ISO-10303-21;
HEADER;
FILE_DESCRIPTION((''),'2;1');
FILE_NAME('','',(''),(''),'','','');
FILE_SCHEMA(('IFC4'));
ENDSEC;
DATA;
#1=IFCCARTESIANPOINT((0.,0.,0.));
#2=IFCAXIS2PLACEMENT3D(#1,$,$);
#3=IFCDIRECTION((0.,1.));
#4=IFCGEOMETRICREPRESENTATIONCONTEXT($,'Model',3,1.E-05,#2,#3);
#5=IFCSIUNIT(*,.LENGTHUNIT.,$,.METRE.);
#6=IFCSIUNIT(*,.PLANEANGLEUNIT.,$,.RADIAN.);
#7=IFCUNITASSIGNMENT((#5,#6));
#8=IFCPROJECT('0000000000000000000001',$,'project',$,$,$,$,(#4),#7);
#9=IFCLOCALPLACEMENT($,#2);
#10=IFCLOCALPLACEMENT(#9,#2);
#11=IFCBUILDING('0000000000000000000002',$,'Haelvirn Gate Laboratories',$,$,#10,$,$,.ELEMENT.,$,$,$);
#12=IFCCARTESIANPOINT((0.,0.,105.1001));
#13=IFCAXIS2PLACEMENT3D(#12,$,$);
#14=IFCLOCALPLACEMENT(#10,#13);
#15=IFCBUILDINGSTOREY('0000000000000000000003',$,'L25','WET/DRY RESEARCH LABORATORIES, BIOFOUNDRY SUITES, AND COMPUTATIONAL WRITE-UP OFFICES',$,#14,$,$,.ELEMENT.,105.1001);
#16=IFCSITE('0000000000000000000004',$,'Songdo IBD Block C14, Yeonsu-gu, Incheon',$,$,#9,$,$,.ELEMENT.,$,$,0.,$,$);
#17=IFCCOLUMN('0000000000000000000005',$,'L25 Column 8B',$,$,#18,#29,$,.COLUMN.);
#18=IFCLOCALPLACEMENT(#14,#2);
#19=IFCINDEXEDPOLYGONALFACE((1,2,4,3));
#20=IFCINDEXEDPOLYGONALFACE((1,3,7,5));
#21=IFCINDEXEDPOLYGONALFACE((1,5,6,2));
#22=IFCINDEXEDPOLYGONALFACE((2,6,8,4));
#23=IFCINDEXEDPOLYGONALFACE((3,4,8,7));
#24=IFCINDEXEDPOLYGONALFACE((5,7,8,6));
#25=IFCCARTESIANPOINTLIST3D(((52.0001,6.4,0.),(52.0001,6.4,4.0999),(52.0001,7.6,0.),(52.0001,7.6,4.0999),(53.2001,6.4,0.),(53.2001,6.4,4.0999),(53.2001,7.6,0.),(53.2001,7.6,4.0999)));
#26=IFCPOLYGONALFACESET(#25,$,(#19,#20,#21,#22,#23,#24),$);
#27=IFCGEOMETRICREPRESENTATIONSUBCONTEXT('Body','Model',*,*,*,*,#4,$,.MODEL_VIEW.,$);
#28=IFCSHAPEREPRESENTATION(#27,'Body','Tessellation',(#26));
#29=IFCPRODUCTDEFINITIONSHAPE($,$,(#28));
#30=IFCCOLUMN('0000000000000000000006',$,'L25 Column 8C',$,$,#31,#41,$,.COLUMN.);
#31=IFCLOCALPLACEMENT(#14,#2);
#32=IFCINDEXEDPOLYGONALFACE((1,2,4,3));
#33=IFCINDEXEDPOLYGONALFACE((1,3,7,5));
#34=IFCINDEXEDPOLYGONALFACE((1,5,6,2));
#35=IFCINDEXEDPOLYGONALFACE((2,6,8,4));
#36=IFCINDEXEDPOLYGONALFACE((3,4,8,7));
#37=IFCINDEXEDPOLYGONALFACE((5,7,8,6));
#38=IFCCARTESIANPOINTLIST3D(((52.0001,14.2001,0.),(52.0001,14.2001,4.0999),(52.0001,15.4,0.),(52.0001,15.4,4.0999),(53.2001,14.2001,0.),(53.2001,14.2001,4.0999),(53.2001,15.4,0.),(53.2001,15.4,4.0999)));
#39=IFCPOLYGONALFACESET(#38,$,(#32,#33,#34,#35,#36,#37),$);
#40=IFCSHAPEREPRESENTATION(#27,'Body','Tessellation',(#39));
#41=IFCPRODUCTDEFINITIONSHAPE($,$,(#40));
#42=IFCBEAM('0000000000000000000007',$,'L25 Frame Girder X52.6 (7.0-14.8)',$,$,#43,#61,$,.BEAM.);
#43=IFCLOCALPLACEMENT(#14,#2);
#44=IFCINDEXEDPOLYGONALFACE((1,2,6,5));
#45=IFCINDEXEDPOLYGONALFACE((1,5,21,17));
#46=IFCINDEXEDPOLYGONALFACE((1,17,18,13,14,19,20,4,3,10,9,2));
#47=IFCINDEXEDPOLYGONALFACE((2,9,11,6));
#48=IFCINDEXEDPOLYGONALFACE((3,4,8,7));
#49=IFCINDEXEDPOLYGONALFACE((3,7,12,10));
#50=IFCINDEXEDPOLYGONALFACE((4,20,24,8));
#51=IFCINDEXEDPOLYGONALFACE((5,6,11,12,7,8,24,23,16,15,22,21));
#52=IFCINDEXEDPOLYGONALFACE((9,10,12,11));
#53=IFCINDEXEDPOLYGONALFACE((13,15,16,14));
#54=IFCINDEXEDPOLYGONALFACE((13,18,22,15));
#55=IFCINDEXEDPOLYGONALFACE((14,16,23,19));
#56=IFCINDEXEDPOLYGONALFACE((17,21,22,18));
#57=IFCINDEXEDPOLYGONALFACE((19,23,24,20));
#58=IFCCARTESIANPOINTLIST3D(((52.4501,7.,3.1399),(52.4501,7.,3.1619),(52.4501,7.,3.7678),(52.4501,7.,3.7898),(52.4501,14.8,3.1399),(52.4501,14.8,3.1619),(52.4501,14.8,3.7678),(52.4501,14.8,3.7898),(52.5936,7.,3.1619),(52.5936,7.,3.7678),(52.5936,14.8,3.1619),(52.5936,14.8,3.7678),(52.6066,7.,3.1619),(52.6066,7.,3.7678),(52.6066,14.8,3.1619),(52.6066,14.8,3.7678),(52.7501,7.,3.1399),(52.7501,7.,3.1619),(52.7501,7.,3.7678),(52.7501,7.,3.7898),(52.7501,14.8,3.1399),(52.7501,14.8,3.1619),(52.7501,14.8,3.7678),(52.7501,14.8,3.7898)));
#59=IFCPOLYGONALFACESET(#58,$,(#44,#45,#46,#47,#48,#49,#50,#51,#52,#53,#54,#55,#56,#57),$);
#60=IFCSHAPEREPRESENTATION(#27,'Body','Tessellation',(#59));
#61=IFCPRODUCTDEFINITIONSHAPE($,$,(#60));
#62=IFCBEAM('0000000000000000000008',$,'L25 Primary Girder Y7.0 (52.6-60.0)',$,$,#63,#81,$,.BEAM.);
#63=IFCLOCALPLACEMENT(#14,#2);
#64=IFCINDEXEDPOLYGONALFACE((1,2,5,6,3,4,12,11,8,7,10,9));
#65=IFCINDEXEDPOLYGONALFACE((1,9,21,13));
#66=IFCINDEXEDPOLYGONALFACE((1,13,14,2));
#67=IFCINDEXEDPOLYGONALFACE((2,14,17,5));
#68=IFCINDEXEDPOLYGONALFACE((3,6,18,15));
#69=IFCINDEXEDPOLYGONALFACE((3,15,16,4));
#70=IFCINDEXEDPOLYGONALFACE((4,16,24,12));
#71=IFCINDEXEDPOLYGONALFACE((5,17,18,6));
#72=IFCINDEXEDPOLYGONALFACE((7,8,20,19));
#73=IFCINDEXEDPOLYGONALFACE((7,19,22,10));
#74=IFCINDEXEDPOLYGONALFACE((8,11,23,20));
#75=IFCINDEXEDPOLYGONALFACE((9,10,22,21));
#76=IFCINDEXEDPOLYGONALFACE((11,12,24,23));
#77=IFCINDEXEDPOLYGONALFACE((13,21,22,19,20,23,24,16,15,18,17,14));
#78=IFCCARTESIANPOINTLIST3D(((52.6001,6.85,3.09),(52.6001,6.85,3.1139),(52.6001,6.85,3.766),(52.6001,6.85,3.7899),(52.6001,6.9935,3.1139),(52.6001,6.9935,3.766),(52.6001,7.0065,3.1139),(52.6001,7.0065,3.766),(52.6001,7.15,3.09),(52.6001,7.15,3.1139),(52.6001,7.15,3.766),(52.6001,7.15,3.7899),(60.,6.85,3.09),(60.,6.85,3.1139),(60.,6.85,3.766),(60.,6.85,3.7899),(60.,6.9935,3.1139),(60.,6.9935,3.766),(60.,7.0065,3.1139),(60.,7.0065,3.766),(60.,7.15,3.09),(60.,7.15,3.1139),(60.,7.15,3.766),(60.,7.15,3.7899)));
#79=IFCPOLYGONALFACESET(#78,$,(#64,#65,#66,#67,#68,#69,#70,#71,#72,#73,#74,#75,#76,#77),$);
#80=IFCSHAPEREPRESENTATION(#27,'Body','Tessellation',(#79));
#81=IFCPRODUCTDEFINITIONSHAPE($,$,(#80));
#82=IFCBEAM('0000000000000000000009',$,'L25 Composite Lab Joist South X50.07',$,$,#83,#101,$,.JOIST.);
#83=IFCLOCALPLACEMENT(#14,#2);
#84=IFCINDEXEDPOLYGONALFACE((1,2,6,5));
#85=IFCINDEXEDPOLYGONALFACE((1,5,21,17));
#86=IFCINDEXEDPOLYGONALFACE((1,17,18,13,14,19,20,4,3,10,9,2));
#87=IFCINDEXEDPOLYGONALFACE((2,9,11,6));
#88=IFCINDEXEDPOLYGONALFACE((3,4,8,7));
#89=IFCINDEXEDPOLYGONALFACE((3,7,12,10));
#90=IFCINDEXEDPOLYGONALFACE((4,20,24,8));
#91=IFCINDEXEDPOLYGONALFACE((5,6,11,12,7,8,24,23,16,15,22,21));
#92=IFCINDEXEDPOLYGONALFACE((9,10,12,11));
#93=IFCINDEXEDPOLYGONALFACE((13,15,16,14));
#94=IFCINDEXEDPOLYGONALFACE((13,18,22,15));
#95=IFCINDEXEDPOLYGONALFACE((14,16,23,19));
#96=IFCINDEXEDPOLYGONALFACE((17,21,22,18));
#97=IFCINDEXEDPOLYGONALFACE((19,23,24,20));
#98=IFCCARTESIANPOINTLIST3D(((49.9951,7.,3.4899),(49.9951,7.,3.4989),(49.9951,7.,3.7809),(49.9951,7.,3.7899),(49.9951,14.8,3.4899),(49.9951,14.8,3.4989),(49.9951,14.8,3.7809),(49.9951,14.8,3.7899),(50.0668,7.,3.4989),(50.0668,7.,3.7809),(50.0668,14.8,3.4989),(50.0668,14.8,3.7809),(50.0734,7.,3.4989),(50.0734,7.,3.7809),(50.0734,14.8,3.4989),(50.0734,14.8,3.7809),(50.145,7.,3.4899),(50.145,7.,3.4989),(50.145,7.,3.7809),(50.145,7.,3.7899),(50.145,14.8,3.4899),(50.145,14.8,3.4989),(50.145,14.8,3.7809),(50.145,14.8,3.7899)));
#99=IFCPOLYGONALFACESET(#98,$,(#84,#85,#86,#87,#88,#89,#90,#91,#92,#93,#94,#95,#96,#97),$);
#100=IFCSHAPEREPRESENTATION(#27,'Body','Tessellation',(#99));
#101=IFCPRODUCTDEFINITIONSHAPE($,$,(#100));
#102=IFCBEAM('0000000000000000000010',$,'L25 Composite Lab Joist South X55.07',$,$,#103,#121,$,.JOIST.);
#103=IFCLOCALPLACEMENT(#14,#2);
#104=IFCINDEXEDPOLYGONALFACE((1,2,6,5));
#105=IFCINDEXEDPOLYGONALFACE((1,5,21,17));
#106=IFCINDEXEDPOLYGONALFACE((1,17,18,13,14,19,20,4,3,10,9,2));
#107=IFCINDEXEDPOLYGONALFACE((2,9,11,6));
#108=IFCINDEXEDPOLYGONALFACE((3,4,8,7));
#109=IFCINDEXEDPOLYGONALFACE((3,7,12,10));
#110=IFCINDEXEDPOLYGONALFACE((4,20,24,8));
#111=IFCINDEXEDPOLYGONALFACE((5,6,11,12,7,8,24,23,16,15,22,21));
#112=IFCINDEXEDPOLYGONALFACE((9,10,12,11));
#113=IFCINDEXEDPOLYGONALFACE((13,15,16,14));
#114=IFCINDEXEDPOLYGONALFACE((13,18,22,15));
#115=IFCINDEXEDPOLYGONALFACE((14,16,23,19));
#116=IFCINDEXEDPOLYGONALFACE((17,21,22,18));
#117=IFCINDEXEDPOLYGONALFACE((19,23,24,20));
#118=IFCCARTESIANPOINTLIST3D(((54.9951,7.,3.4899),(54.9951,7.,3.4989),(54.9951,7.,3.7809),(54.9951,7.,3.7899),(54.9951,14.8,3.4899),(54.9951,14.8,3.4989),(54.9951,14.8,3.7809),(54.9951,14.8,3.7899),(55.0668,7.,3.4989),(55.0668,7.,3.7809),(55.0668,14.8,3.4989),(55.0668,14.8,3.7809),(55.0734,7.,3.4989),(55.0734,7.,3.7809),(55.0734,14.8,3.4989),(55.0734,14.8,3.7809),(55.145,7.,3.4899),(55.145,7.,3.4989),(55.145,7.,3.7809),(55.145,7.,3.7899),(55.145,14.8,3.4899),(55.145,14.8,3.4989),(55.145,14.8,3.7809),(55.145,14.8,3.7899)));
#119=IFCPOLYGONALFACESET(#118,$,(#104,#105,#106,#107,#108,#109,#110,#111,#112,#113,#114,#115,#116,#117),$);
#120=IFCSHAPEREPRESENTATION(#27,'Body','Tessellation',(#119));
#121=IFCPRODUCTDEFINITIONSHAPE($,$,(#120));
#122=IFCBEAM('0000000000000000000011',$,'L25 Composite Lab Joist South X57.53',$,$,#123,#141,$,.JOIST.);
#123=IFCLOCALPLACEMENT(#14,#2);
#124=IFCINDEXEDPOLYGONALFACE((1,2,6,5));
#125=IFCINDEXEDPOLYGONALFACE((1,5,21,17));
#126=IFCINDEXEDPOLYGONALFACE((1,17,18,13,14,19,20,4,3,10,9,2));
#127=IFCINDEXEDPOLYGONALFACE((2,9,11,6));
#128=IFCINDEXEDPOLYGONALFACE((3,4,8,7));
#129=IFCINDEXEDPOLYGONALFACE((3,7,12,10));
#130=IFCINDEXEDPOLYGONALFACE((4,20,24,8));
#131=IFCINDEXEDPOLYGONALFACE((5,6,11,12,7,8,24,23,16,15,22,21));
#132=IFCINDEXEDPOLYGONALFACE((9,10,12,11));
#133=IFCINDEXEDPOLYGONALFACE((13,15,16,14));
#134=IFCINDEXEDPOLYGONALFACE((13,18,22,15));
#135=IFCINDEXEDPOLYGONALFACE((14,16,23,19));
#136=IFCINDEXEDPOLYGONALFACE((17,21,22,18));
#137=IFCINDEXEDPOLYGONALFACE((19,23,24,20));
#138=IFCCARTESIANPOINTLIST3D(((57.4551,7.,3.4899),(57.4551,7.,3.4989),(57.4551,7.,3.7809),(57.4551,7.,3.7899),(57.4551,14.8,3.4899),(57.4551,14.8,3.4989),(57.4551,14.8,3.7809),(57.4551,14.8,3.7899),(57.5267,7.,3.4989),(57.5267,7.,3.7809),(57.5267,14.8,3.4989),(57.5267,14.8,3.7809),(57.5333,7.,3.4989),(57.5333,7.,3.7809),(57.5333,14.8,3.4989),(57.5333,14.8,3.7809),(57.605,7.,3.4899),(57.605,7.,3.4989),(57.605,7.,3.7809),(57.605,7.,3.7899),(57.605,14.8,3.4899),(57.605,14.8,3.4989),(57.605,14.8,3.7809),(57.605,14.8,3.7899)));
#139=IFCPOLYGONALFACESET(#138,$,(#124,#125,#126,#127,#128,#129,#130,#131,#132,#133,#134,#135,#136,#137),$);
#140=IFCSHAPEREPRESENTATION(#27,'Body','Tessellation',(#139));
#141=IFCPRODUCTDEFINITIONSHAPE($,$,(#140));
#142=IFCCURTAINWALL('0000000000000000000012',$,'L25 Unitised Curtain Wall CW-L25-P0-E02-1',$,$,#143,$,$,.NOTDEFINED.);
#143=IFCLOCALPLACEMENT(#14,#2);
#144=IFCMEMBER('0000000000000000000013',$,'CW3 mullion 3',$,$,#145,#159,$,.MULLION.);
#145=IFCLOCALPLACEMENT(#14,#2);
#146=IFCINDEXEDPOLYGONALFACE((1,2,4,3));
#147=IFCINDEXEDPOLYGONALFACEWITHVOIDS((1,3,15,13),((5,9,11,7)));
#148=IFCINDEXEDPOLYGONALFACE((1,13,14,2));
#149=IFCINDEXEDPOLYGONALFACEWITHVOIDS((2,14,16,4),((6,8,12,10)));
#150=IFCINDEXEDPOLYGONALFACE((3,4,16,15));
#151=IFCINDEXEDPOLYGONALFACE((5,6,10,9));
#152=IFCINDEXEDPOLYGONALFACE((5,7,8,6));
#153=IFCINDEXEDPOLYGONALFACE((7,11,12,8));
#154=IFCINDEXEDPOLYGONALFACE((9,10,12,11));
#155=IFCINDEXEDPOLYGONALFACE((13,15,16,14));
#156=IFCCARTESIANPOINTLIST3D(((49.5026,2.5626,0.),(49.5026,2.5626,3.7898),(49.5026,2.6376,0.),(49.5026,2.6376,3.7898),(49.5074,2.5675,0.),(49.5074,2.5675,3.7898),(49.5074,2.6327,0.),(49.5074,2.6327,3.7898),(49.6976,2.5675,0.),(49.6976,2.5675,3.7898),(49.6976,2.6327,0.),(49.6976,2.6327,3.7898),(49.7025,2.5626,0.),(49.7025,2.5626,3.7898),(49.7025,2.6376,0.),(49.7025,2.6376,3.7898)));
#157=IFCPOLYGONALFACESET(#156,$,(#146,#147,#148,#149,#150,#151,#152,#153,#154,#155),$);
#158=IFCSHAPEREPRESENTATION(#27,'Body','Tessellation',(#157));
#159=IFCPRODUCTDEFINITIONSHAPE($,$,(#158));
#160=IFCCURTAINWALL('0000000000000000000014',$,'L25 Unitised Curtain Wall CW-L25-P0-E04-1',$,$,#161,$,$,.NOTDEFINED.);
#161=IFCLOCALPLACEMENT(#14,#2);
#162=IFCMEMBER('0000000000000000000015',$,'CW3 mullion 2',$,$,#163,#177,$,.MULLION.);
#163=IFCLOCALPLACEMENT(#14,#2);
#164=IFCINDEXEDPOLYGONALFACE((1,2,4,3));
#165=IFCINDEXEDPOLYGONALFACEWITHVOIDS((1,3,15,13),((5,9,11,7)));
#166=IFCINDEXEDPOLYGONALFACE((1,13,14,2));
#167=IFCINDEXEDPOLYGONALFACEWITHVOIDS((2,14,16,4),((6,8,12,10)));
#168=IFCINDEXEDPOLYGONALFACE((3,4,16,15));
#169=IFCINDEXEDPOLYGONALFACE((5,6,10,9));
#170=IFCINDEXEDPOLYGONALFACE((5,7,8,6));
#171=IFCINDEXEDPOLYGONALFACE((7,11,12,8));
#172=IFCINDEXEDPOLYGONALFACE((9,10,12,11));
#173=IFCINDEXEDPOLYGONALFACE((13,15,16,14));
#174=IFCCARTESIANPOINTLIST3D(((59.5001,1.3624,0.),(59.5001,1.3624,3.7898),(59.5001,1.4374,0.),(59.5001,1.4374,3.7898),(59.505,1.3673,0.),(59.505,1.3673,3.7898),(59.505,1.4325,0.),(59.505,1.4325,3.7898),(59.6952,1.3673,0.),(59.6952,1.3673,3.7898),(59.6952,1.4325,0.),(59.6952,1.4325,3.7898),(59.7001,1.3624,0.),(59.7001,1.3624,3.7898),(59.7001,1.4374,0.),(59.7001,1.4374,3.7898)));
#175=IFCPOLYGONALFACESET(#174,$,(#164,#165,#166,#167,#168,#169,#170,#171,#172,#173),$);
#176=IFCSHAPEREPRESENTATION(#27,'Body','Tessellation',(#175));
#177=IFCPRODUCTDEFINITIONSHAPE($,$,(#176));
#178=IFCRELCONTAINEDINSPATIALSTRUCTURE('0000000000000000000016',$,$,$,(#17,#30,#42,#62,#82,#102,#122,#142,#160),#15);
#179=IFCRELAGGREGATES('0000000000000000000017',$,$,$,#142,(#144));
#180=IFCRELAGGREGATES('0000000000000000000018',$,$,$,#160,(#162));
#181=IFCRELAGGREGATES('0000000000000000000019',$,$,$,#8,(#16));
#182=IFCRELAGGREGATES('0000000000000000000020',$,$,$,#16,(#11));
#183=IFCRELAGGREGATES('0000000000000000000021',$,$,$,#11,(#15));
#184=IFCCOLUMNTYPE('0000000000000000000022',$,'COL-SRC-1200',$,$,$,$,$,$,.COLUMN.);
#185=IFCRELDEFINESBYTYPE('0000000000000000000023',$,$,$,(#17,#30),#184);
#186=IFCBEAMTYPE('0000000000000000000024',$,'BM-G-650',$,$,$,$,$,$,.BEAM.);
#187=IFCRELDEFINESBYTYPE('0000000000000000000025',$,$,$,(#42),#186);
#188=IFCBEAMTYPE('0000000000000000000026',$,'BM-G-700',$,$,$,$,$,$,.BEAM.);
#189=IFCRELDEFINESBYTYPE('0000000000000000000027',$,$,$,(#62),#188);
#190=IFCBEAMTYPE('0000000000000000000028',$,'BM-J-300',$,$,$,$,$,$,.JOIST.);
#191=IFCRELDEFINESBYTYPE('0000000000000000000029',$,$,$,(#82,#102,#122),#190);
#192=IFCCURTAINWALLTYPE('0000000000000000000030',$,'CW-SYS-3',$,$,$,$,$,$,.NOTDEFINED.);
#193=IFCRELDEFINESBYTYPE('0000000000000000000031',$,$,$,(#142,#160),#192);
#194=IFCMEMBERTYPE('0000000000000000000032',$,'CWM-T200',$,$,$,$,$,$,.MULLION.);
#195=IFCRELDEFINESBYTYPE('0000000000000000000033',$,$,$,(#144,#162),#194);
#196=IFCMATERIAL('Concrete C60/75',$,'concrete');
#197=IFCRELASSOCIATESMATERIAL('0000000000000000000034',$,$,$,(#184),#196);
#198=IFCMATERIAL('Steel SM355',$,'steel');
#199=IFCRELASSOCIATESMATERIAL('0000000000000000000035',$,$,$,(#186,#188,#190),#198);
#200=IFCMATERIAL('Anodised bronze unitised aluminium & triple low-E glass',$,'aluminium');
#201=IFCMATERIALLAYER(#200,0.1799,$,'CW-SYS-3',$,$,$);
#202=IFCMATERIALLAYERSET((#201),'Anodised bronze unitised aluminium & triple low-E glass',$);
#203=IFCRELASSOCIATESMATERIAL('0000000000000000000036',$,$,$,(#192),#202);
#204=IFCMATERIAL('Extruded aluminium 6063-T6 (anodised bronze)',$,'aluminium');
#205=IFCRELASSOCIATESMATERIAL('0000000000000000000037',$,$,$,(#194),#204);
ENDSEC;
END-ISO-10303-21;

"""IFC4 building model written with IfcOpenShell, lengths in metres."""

from ifc_helpers import new_model, si_unit, direction, frame, origin, origin_2d, place, context, subcontext, project, spatial, rectangle, hollow_rectangle, i_section, extrude, source, transform, mapped, material, layer, layer_set, material_profile, profile_set, type_object, type_shapes, element, aggregate, save


model = new_model("IFC4")

# Units and contexts
model_context = context("Model", 3, precision=1e-05, world=origin(), true_north=direction((0.0, 1.0)))
body_context = subcontext(model_context, "Body", "Model", "MODEL_VIEW")
ifc_project = project(units=[si_unit("LENGTHUNIT", "METRE"), si_unit("PLANEANGLEUNIT", "RADIAN")], contexts=[model_context])

# Site, building, storey
site_placement = place(None, origin())
site = spatial("IfcSite", under=ifc_project, at=site_placement, Name="Songdo IBD Block C14, Yeonsu-gu, Incheon", CompositionType="ELEMENT", RefElevation=0.0)
building_placement = place(site_placement, origin())
building = spatial("IfcBuilding", under=site, at=building_placement, Name="Haelvirn Gate Laboratories", CompositionType="ELEMENT")
storey_placement = place(building_placement, frame((0.0, 0.0, 105.1001)))
storey = spatial("IfcBuildingStorey", under=building, at=storey_placement, Name="L25", Description="WET/DRY RESEARCH LABORATORIES, BIOFOUNDRY SUITES, AND COMPUTATIONAL WRITE-UP OFFICES", CompositionType="ELEMENT", Elevation=105.1001)

# Columns
ifc_material_1 = material(Name="Concrete C60/75", Category="concrete")
ifc_material_profile_1 = material_profile(ifc_material_1, rectangle(XDim=1.2, YDim=1.2, at=origin_2d()), Name="SRC-1200x1200")
ifc_profile_set_1 = profile_set([ifc_material_profile_1], Name="Concrete C60/75")
column_type = type_object("IfcColumnType", Name="COL-SRC-1200", PredefinedType="COLUMN", material=ifc_profile_set_1)
shared_shape_1 = source(origin(), body_context, "Body", "SweptSolid", [
    extrude(rectangle(XDim=1.2, YDim=1.2, at=origin_2d()), origin(), (0.0, 0.0, 1.0), 4.0999),
])
type_shapes(column_type, [shared_shape_1])
for number, where, z_axis, x_axis, name in (
    (1, (52.6001, 7.0, 0.0), (0.0, 0.0, 1.0), (1.0, 0.0, 0.0), "L25 Column 8B"),
    (2, (52.6001, 14.8, 0.0), (0.0, 0.0, 1.0), (1.0, 0.0, 0.0), "L25 Column 8C"),
):
    element("IfcColumn", number, at=place(storey_placement, frame(where, z_axis=z_axis, x_axis=x_axis)), inside=storey, type_object=column_type, Name=name, PredefinedType="COLUMN", context=body_context, shape_type="MappedRepresentation", body=[
        mapped(shared_shape_1, transform((0.0, 0.0, 0.0), scale=1.0)),
    ])

# Beams
ifc_material_2 = material(Name="Steel SM355", Category="steel")
ifc_material_profile_2 = material_profile(ifc_material_2, i_section(OverallWidth=0.3, OverallDepth=0.6499, WebThickness=0.0129, FlangeThickness=0.022, at=origin_2d()), Name="H-650x300x13x22")
ifc_profile_set_2 = profile_set([ifc_material_profile_2], Name="Steel SM355")
beam_type_1 = type_object("IfcBeamType", Name="BM-G-650", PredefinedType="BEAM", material=ifc_profile_set_2)
shared_shape_2 = source(origin(), body_context, "Body", "SweptSolid", [
    extrude(i_section(OverallWidth=0.3, OverallDepth=0.6499, WebThickness=0.0129, FlangeThickness=0.022, at=origin_2d()), origin(), (0.0, 0.0, 1.0), 7.8),
])
type_shapes(beam_type_1, [shared_shape_2])
beam_1_placement = place(storey_placement, frame((52.6001, 7.0, 3.4648), z_axis=(0.0, 1.0, 0.0), x_axis=(-1.0, 0.0, 0.0)))
element("IfcBeam", 3, at=beam_1_placement, inside=storey, type_object=beam_type_1, Name="L25 Frame Girder X52.6 (7.0-14.8)", PredefinedType="BEAM", context=body_context, shape_type="MappedRepresentation", body=[
    mapped(shared_shape_2, transform((0.0, 0.0, 0.0), scale=1.0)),
])
ifc_material_profile_3 = material_profile(ifc_material_2, i_section(OverallWidth=0.3, OverallDepth=0.7, WebThickness=0.0129, FlangeThickness=0.0239, at=origin_2d()), Name="H-700x300x13x24")
ifc_profile_set_3 = profile_set([ifc_material_profile_3], Name="Steel SM355")
beam_type_2 = type_object("IfcBeamType", Name="BM-G-700", PredefinedType="BEAM", material=ifc_profile_set_3)
shared_shape_3 = source(origin(), body_context, "Body", "SweptSolid", [
    extrude(i_section(OverallWidth=0.3, OverallDepth=0.7, WebThickness=0.0129, FlangeThickness=0.0239, at=origin_2d()), origin(), (0.0, 0.0, 1.0), 7.3999),
])
type_shapes(beam_type_2, [shared_shape_3])
beam_2_placement = place(storey_placement, frame((52.6001, 7.0, 3.4399), z_axis=(1.0, 0.0, 0.0), x_axis=(0.0, 1.0, 0.0)))
element("IfcBeam", 4, at=beam_2_placement, inside=storey, type_object=beam_type_2, Name="L25 Primary Girder Y7.0 (52.6-60.0)", PredefinedType="BEAM", context=body_context, shape_type="MappedRepresentation", body=[
    mapped(shared_shape_3, transform((0.0, 0.0, 0.0), scale=1.0)),
])
ifc_material_profile_4 = material_profile(ifc_material_2, i_section(OverallWidth=0.1499, OverallDepth=0.3, WebThickness=0.0066, FlangeThickness=0.009, at=origin_2d()), Name="H-300x150x6.5x9")
ifc_profile_set_4 = profile_set([ifc_material_profile_4], Name="Steel SM355")
beam_type_3 = type_object("IfcBeamType", Name="BM-J-300", PredefinedType="JOIST", material=ifc_profile_set_4)
shared_shape_4 = source(origin(), body_context, "Body", "SweptSolid", [
    extrude(i_section(OverallWidth=0.1499, OverallDepth=0.3, WebThickness=0.0066, FlangeThickness=0.009, at=origin_2d()), origin(), (0.0, 0.0, 1.0), 7.8),
])
type_shapes(beam_type_3, [shared_shape_4])
for number, where, z_axis, x_axis, name in (
    (5, (50.0701, 7.0, 3.6399), (0.0, 1.0, 0.0), (-1.0, 0.0, 0.0), "L25 Composite Lab Joist South X50.07"),
    (6, (55.0701, 7.0, 3.6399), (0.0, 1.0, 0.0), (-1.0, 0.0, 0.0), "L25 Composite Lab Joist South X55.07"),
    (7, (57.53, 7.0, 3.6399), (0.0, 1.0, 0.0), (-1.0, 0.0, 0.0), "L25 Composite Lab Joist South X57.53"),
):
    element("IfcBeam", number, at=place(storey_placement, frame(where, z_axis=z_axis, x_axis=x_axis)), inside=storey, type_object=beam_type_3, Name=name, PredefinedType="JOIST", context=body_context, shape_type="MappedRepresentation", body=[
        mapped(shared_shape_4, transform((0.0, 0.0, 0.0), scale=1.0)),
    ])

# Curtain wall, member
ifc_material_3 = material(Name="Anodised bronze unitised aluminium & triple low-E glass", Category="aluminium")
ifc_layer_1 = layer(ifc_material_3, 0.1799, Name="CW-SYS-3")
ifc_layer_set_1 = layer_set([ifc_layer_1], Name="Anodised bronze unitised aluminium & triple low-E glass")
curtain_wall_type = type_object("IfcCurtainWallType", Name="CW-SYS-3", PredefinedType="NOTDEFINED", material=ifc_layer_set_1)
curtain_wall_1_placement = place(storey_placement, origin())
curtain_wall_1 = element("IfcCurtainWall", 8, at=curtain_wall_1_placement, inside=storey, type_object=curtain_wall_type, Name="L25 Unitised Curtain Wall CW-L25-P0-E02-1", PredefinedType="NOTDEFINED")
ifc_material_4 = material(Name="Extruded aluminium 6063-T6 (anodised bronze)", Category="aluminium")
ifc_material_profile_5 = material_profile(ifc_material_4, hollow_rectangle(XDim=0.075, YDim=0.2, WallThickness=0.0049, at=origin_2d()), Name="CWM-200x75x5")
ifc_profile_set_5 = profile_set([ifc_material_profile_5], Name="Extruded aluminium 6063-T6 (anodised bronze)")
member_type = type_object("IfcMemberType", Name="CWM-T200", PredefinedType="MULLION", material=ifc_profile_set_5)
shared_shape_5 = source(origin(), body_context, "Body", "SweptSolid", [
    extrude(hollow_rectangle(XDim=0.075, YDim=0.2, WallThickness=0.0049, at=origin_2d()), origin(), (0.0, 0.0, 1.0), 3.7898),
])
type_shapes(member_type, [shared_shape_5])
member_1_placement = place(storey_placement, frame((49.6025, 2.6001, 0.0), z_axis=(0.0, 0.0, 1.0), x_axis=(0.0, 1.0, 0.0)))
member_1 = element("IfcMember", 9, at=member_1_placement, type_object=member_type, Name="CW3 mullion 3", PredefinedType="MULLION", context=body_context, shape_type="MappedRepresentation", body=[
    mapped(shared_shape_5, transform((0.0, 0.0, 0.0), scale=1.0)),
])
aggregate(curtain_wall_1, [member_1])

# Curtain wall, member
curtain_wall_2_placement = place(storey_placement, origin())
curtain_wall_2 = element("IfcCurtainWall", 10, at=curtain_wall_2_placement, inside=storey, type_object=curtain_wall_type, Name="L25 Unitised Curtain Wall CW-L25-P0-E04-1", PredefinedType="NOTDEFINED")
member_2_placement = place(storey_placement, frame((59.6001, 1.3999, 0.0), z_axis=(0.0, 0.0, 1.0), x_axis=(0.0, 1.0, 0.0)))
member_2 = element("IfcMember", 11, at=member_2_placement, type_object=member_type, Name="CW3 mullion 2", PredefinedType="MULLION", context=body_context, shape_type="MappedRepresentation", body=[
    mapped(shared_shape_5, transform((0.0, 0.0, 0.0), scale=1.0)),
])
aggregate(curtain_wall_2, [member_2])

save(model, "model.ifc")
